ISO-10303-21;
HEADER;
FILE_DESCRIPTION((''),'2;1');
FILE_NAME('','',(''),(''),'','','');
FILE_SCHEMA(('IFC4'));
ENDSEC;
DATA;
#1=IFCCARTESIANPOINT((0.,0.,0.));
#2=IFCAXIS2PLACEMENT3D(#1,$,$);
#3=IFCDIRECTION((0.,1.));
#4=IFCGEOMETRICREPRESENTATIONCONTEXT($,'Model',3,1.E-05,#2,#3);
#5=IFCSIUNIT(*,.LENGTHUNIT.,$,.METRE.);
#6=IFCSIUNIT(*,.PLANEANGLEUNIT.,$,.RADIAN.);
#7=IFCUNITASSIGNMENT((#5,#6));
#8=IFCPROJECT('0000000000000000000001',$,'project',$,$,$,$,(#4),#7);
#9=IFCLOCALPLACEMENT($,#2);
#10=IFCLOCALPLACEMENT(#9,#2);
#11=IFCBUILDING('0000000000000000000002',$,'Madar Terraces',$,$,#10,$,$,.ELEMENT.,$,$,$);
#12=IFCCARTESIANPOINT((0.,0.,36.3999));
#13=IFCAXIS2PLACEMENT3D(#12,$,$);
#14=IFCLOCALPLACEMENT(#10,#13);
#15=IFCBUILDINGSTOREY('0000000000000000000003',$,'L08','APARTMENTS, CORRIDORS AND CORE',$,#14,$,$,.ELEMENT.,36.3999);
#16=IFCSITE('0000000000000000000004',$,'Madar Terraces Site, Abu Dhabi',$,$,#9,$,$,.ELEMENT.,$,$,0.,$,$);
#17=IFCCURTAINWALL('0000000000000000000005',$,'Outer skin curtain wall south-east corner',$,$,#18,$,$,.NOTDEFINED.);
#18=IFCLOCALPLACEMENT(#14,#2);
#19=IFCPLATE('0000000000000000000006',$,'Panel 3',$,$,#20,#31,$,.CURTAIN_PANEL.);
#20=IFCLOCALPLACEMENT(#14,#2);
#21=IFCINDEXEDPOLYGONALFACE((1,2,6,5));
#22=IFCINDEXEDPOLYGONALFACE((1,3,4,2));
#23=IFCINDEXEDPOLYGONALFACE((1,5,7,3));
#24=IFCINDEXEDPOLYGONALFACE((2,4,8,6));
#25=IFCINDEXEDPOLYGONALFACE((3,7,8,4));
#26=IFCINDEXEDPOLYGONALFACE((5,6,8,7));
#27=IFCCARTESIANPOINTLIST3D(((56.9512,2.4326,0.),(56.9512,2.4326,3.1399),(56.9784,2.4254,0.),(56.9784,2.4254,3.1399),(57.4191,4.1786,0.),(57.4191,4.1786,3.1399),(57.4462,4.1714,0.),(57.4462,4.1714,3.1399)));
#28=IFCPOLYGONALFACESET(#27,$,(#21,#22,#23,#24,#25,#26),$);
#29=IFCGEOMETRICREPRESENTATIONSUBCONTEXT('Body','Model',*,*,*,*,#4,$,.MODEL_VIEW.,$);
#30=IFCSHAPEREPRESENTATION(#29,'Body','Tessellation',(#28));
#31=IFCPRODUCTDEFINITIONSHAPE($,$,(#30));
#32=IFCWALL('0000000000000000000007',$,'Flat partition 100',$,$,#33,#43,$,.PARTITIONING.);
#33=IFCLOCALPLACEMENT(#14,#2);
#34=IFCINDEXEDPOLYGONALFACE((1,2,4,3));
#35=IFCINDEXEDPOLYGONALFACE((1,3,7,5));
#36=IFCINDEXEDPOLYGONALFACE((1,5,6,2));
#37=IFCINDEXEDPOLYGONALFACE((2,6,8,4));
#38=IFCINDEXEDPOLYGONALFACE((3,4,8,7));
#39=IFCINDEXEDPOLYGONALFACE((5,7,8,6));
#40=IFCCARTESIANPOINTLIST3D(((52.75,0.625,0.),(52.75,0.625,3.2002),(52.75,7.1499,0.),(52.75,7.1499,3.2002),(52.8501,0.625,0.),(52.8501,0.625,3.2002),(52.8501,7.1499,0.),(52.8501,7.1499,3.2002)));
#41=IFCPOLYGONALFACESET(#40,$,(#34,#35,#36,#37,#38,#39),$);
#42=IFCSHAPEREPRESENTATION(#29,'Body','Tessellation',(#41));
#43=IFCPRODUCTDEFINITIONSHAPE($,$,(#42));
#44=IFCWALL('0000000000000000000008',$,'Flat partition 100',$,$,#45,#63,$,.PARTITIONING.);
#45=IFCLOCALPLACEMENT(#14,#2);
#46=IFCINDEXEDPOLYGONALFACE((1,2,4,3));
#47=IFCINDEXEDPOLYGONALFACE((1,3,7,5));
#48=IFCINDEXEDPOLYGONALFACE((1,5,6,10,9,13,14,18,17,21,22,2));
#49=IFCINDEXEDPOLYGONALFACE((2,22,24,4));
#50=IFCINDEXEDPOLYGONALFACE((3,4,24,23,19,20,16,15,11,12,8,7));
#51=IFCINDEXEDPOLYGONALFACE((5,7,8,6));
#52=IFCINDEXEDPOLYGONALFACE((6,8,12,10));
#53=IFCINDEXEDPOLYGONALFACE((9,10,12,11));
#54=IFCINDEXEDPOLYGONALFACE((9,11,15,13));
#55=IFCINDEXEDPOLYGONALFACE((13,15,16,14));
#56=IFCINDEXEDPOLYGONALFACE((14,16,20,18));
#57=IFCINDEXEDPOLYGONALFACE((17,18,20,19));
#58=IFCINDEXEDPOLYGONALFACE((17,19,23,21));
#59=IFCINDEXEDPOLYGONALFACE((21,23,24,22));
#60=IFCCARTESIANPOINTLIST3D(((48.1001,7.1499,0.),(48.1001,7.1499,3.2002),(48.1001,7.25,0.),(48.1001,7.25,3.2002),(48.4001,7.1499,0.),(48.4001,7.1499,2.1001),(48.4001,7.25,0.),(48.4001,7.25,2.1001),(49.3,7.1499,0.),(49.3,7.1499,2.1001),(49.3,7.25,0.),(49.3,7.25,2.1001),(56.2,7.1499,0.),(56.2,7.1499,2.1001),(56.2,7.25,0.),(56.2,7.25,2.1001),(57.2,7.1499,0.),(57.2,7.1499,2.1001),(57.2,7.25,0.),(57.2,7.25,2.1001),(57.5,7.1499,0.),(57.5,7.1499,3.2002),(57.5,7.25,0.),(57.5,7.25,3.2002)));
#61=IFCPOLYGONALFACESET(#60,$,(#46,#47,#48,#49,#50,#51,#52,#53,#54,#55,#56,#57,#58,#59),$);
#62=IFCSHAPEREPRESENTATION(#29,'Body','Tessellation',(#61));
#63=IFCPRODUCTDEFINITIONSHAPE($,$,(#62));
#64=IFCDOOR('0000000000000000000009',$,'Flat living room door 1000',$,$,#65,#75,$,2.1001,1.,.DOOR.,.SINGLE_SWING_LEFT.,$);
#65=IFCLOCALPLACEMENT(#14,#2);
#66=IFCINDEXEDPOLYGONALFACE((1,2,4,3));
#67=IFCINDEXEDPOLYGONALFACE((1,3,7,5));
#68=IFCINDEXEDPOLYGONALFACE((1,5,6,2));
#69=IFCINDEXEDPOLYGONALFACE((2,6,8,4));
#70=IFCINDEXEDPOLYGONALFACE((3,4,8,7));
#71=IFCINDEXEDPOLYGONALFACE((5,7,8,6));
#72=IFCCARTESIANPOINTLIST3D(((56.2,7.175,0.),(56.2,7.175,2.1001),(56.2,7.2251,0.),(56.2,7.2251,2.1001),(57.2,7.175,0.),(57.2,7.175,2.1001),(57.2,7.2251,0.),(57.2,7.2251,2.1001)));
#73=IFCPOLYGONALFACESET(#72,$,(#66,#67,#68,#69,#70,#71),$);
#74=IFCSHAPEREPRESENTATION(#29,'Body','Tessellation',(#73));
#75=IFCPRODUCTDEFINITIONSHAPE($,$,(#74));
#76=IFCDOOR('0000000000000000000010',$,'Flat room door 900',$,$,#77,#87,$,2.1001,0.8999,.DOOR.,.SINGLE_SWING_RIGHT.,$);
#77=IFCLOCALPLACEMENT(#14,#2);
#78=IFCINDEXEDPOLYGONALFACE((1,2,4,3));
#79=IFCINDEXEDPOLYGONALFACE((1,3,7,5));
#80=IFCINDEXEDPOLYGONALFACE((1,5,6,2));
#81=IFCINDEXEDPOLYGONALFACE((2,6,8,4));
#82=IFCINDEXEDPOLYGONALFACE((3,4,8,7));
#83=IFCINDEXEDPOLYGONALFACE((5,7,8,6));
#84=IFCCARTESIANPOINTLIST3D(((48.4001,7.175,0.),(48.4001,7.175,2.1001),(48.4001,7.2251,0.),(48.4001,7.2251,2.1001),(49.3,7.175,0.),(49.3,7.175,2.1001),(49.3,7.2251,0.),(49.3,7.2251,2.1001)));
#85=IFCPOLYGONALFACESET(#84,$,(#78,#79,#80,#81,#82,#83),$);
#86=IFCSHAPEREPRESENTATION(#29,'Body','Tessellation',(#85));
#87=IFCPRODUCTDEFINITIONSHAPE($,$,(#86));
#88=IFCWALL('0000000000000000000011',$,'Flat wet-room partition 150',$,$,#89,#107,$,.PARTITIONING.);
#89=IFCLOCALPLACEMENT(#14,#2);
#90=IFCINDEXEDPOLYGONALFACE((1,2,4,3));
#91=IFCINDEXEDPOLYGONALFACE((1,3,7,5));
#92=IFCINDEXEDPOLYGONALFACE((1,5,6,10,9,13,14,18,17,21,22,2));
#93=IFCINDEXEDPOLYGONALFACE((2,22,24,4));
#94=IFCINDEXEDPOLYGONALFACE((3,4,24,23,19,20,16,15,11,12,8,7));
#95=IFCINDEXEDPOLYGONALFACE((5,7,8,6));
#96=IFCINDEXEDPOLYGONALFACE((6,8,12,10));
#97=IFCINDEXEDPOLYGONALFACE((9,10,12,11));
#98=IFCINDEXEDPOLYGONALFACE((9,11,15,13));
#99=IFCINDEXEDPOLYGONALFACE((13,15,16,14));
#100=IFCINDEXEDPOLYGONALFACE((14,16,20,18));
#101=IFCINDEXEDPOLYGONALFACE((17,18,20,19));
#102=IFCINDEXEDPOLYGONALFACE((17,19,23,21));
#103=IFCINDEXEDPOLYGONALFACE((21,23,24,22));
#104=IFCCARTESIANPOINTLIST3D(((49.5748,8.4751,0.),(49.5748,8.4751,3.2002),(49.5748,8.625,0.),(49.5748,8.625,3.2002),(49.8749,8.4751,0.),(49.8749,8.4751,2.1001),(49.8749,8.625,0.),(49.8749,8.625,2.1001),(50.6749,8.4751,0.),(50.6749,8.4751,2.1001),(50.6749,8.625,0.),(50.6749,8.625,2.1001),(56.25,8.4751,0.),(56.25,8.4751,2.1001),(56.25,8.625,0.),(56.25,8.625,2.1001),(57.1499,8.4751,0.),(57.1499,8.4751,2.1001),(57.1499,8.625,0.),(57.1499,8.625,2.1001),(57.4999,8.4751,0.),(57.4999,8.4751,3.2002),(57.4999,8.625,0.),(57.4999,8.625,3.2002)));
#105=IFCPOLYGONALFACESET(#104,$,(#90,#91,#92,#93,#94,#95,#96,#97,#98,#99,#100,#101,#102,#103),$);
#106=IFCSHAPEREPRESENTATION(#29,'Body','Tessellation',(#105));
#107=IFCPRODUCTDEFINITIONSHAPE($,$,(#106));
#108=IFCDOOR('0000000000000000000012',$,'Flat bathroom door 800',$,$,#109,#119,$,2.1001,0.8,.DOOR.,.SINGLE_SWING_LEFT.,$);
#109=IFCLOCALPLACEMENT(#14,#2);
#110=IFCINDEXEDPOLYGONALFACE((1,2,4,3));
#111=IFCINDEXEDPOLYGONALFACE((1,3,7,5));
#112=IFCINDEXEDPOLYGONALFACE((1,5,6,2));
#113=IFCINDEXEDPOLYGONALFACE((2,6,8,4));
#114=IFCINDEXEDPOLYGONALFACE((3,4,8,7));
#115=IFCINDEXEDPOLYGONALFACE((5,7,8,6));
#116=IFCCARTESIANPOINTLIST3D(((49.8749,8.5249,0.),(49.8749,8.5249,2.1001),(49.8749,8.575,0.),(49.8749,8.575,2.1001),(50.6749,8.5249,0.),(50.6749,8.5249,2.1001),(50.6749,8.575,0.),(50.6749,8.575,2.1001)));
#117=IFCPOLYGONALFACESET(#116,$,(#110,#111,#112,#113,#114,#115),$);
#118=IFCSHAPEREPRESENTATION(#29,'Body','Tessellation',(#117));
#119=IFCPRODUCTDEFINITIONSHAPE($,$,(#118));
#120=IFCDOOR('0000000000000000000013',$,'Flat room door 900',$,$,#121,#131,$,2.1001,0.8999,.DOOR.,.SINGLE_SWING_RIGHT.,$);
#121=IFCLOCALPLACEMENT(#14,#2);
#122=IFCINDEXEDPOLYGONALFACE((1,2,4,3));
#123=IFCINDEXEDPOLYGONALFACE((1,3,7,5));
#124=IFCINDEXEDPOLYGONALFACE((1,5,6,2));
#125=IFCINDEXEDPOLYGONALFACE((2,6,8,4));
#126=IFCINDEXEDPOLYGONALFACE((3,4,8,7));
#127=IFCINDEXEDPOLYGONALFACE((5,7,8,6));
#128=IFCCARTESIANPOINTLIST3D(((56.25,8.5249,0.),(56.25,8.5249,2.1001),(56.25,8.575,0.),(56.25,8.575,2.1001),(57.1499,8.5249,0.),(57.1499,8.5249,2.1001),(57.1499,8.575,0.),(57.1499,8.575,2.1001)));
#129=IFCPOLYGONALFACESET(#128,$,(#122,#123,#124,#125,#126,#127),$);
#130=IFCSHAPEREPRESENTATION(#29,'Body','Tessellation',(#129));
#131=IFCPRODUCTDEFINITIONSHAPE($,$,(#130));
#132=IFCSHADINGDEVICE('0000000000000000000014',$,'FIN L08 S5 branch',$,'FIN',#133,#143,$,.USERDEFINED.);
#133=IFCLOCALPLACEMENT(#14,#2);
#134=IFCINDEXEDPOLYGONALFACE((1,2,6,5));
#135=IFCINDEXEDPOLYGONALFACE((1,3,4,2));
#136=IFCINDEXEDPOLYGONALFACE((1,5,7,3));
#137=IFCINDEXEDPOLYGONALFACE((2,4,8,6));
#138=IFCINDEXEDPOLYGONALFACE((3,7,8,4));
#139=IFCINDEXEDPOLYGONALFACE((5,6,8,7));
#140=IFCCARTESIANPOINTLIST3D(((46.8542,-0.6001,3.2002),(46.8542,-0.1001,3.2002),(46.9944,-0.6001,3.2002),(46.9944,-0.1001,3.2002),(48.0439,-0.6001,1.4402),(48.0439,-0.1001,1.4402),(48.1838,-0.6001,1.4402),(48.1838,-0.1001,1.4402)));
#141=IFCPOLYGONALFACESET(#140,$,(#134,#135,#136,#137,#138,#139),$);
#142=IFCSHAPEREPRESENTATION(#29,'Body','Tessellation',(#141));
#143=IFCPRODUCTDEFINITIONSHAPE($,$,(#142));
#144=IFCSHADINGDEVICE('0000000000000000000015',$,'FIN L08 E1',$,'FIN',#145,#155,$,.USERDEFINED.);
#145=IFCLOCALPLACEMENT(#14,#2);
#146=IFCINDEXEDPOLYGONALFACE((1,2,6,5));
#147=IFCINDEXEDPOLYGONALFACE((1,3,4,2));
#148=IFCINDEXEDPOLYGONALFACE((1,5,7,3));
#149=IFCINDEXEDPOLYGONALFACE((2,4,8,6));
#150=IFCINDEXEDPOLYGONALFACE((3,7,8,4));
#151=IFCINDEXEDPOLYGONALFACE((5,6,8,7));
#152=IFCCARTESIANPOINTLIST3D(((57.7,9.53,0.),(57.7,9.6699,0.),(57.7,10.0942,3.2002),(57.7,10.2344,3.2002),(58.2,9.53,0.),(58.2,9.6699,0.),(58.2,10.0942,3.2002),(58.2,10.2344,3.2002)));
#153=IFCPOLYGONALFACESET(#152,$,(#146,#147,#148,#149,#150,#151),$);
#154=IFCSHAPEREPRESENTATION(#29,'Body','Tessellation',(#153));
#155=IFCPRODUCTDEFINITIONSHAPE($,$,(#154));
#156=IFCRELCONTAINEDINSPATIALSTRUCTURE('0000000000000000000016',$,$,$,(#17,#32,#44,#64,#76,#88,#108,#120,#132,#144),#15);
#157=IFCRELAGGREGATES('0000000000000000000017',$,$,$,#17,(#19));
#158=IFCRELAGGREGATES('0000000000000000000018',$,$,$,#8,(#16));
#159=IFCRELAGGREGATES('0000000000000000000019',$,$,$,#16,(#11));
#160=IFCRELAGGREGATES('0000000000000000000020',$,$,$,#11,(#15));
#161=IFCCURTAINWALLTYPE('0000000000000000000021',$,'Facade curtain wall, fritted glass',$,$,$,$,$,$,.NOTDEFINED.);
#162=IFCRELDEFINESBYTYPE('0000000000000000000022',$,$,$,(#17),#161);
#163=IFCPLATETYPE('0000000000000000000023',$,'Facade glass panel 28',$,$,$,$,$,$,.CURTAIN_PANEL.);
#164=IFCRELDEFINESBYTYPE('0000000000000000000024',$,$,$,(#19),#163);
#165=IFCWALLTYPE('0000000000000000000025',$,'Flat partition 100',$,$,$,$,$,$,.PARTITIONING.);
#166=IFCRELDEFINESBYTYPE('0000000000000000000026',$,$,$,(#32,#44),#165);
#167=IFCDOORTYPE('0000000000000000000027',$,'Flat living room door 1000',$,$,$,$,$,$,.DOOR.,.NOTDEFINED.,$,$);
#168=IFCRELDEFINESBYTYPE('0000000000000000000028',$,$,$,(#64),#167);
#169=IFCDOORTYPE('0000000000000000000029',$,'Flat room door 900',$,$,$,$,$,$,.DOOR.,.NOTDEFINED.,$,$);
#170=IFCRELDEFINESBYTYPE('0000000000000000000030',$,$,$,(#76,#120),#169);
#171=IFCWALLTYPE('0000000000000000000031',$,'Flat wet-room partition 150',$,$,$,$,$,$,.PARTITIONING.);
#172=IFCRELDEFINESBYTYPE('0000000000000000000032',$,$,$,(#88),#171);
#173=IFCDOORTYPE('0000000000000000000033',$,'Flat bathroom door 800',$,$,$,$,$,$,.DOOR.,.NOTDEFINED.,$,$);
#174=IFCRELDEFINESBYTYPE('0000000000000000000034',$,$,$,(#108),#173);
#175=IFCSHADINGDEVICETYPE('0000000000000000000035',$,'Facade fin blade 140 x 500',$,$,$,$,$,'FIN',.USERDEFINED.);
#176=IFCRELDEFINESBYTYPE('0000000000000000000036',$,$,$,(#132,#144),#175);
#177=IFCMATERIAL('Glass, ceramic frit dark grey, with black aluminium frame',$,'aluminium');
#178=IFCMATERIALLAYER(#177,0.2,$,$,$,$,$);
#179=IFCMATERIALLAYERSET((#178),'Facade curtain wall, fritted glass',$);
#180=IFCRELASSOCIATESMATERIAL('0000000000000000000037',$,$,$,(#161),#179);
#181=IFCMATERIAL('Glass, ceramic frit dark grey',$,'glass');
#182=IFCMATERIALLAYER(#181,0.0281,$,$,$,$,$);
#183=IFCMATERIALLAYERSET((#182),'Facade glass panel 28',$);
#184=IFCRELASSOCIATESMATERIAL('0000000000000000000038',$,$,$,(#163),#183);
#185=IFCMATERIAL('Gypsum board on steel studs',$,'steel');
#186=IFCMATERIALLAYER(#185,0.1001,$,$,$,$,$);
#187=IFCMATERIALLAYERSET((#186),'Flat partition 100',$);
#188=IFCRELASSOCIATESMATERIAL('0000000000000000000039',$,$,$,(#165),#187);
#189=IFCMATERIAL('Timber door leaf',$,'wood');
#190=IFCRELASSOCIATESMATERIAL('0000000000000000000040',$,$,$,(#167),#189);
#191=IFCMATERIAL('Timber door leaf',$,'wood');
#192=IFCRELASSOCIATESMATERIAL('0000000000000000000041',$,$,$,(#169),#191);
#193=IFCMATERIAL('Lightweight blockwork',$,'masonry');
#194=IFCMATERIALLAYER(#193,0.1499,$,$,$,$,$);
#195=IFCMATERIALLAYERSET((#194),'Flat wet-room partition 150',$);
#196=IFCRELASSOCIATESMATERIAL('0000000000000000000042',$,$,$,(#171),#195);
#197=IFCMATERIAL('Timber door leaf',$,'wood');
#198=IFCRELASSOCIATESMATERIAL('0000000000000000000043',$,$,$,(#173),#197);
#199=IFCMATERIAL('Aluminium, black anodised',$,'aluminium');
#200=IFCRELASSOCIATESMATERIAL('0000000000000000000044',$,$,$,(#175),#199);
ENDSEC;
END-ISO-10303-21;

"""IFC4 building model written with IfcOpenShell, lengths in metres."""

from ifc_helpers import new_model, si_unit, direction, frame, frame_2d, origin, origin_2d, place, context, subcontext, project, spatial, polyline, rectangle, outline, extrude, material, layer, layer_set, type_object, element, fill, aggregate, save


model = new_model("IFC4")

# Units and contexts
model_context = context("Model", 3, precision=1e-05, world=origin(), true_north=direction((0.0, 1.0)))
body_context = subcontext(model_context, "Body", "Model", "MODEL_VIEW")
ifc_project = project(units=[si_unit("LENGTHUNIT", "METRE"), si_unit("PLANEANGLEUNIT", "RADIAN")], contexts=[model_context])

# Site, building, storey
site_placement = place(None, origin())
site = spatial("IfcSite", under=ifc_project, at=site_placement, Name="Madar Terraces Site, Abu Dhabi", CompositionType="ELEMENT", RefElevation=0.0)
building_placement = place(site_placement, origin())
building = spatial("IfcBuilding", under=site, at=building_placement, Name="Madar Terraces", CompositionType="ELEMENT")
storey_placement = place(building_placement, frame((0.0, 0.0, 36.3999)))
storey = spatial("IfcBuildingStorey", under=building, at=storey_placement, Name="L08", Description="APARTMENTS, CORRIDORS AND CORE", CompositionType="ELEMENT", Elevation=36.3999)

# Shared definitions
ifc_material_1 = material(Name="Glass, ceramic frit dark grey, with black aluminium frame", Category="aluminium")
ifc_layer_1 = layer(ifc_material_1, 0.2)
ifc_layer_set_1 = layer_set([ifc_layer_1], Name="Facade curtain wall, fritted glass")
curtain_wall_type = type_object("IfcCurtainWallType", Name="Facade curtain wall, fritted glass", PredefinedType="NOTDEFINED", material=ifc_layer_set_1)

# Curtain wall
curtain_wall_1_placement = place(storey_placement, origin())
curtain_wall_1 = element("IfcCurtainWall", 1, at=curtain_wall_1_placement, inside=storey, type_object=curtain_wall_type, Name="Outer skin curtain wall south-east corner", PredefinedType="NOTDEFINED")

# Plate
ifc_material_2 = material(Name="Glass, ceramic frit dark grey", Category="glass")
ifc_layer_2 = layer(ifc_material_2, 0.0281)
ifc_layer_set_2 = layer_set([ifc_layer_2], Name="Facade glass panel 28")
plate_type = type_object("IfcPlateType", Name="Facade glass panel 28", PredefinedType="CURTAIN_PANEL", material=ifc_layer_set_2)
plate_1_placement = place(storey_placement, frame((57.1987, 3.302, 0.0), z_axis=(0.0, 0.0, 1.0), x_axis=(0.258819, 0.965926, 0.0)))
plate_1 = element("IfcPlate", 2, at=plate_1_placement, type_object=plate_type, Name="Panel 3", PredefinedType="CURTAIN_PANEL", context=body_context, shape_type="SweptSolid", body=[
    extrude(rectangle(XDim=1.8076, YDim=0.0281, at=origin_2d()), origin(), (0.0, 0.0, 1.0), 3.1399),
])
aggregate(curtain_wall_1, [plate_1])

# Wall
ifc_material_3 = material(Name="Gypsum board on steel studs", Category="steel")
ifc_layer_3 = layer(ifc_material_3, 0.1001)
ifc_layer_set_3 = layer_set([ifc_layer_3], Name="Flat partition 100")
wall_type_1 = type_object("IfcWallType", Name="Flat partition 100", PredefinedType="PARTITIONING", material=ifc_layer_set_3)
wall_1_placement = place(storey_placement, frame((52.8, 7.1499, 0.0), z_axis=(0.0, 0.0, 1.0), x_axis=(0.0, -1.0, 0.0)))
element("IfcWall", 3, at=wall_1_placement, inside=storey, type_object=wall_type_1, Name="Flat partition 100", PredefinedType="PARTITIONING", context=body_context, shape_type="SweptSolid", body=[
    extrude(rectangle(XDim=6.5249, YDim=0.1001, at=frame_2d((3.2625, 0.0))), origin(), (0.0, 0.0, 1.0), 3.2002),
])

# Walls, openings, doors
wall_2_placement = place(storey_placement, frame((57.5, 7.2, 0.0), z_axis=(0.0, 0.0, 1.0), x_axis=(-1.0, 0.0, 0.0)))
wall_2 = element("IfcWall", 4, at=wall_2_placement, inside=storey, type_object=wall_type_1, Name="Flat partition 100", PredefinedType="PARTITIONING", context=body_context, shape_type="SweptSolid", body=[
    extrude(rectangle(XDim=9.3999, YDim=0.1001, at=frame_2d((4.7, 0.0))), origin(), (0.0, 0.0, 1.0), 3.2002),
])
opening_1_placement = place(wall_2_placement, frame((8.2, 0.0, 0.0)))
opening_1 = element("IfcOpeningElement", 5, at=opening_1_placement, cuts=wall_2, PredefinedType="OPENING", context=body_context, shape_type="SweptSolid", body=[
    extrude(rectangle(XDim=0.8999, YDim=2.1001, at=frame_2d((0.45, 1.05))), frame((0.0, 0.0601, 0.0), z_axis=(0.0, -1.0, 0.0), x_axis=(1.0, 0.0, 0.0)), (0.0, 0.0, 1.0), 0.1201),
])
opening_2_placement = place(wall_2_placement, frame((0.3, 0.0, 0.0)))
opening_2 = element("IfcOpeningElement", 6, at=opening_2_placement, cuts=wall_2, PredefinedType="OPENING", context=body_context, shape_type="SweptSolid", body=[
    extrude(rectangle(XDim=1.0, YDim=2.1001, at=frame_2d((0.5, 1.05))), frame((0.0, 0.0601, 0.0), z_axis=(0.0, -1.0, 0.0), x_axis=(1.0, 0.0, 0.0)), (0.0, 0.0, 1.0), 0.1201),
])
ifc_material_4 = material(Name="Timber door leaf", Category="wood")
door_type_1 = type_object("IfcDoorType", Name="Flat living room door 1000", OperationType="NOTDEFINED", PredefinedType="DOOR", material=ifc_material_4)
door_1_placement = place(opening_2_placement, origin())
door_1 = element("IfcDoor", 7, at=door_1_placement, inside=storey, type_object=door_type_1, Name="Flat living room door 1000", OperationType="SINGLE_SWING_LEFT", OverallHeight=2.1001, OverallWidth=1.0, PredefinedType="DOOR", context=body_context, shape_type="SweptSolid", body=[
    extrude(rectangle(XDim=1.0, YDim=2.1001, at=frame_2d((0.5, 1.05))), frame((0.0, 0.0249, 0.0), z_axis=(0.0, -1.0, 0.0), x_axis=(1.0, 0.0, 0.0)), (0.0, 0.0, 1.0), 0.05),
])
fill(opening_2, door_1)
ifc_material_5 = material(Name="Timber door leaf", Category="wood")
door_type_2 = type_object("IfcDoorType", Name="Flat room door 900", OperationType="NOTDEFINED", PredefinedType="DOOR", material=ifc_material_5)
door_2_placement = place(opening_1_placement, origin())
door_2 = element("IfcDoor", 8, at=door_2_placement, inside=storey, type_object=door_type_2, Name="Flat room door 900", OperationType="SINGLE_SWING_RIGHT", OverallHeight=2.1001, OverallWidth=0.8999, PredefinedType="DOOR", context=body_context, shape_type="SweptSolid", body=[
    extrude(rectangle(XDim=0.8999, YDim=2.1001, at=frame_2d((0.45, 1.05))), frame((0.0, 0.0249, 0.0), z_axis=(0.0, -1.0, 0.0), x_axis=(1.0, 0.0, 0.0)), (0.0, 0.0, 1.0), 0.05),
])
fill(opening_1, door_2)
ifc_material_6 = material(Name="Lightweight blockwork", Category="masonry")
ifc_layer_4 = layer(ifc_material_6, 0.1499)
ifc_layer_set_4 = layer_set([ifc_layer_4], Name="Flat wet-room partition 150")
wall_type_2 = type_object("IfcWallType", Name="Flat wet-room partition 150", PredefinedType="PARTITIONING", material=ifc_layer_set_4)
wall_3_placement = place(storey_placement, frame((49.575, 8.55, 0.0), z_axis=(0.0, 0.0, 1.0), x_axis=(1.0, 0.0, 0.0)))
wall_3 = element("IfcWall", 9, at=wall_3_placement, inside=storey, type_object=wall_type_2, Name="Flat wet-room partition 150", PredefinedType="PARTITIONING", context=body_context, shape_type="SweptSolid", body=[
    extrude(rectangle(XDim=7.925, YDim=0.1499, at=frame_2d((3.9624, 0.0))), origin(), (0.0, 0.0, 1.0), 3.2002),
])
opening_3_placement = place(wall_3_placement, frame((0.3, 0.0, 0.0)))
opening_3 = element("IfcOpeningElement", 10, at=opening_3_placement, cuts=wall_3, PredefinedType="OPENING", context=body_context, shape_type="SweptSolid", body=[
    extrude(rectangle(XDim=0.8, YDim=2.1001, at=frame_2d((0.3999, 1.05))), frame((0.0, 0.085, 0.0), z_axis=(0.0, -1.0, 0.0), x_axis=(1.0, 0.0, 0.0)), (0.0, 0.0, 1.0), 0.1699),
])
opening_4_placement = place(wall_3_placement, frame((6.675, 0.0, 0.0)))
opening_4 = element("IfcOpeningElement", 11, at=opening_4_placement, cuts=wall_3, PredefinedType="OPENING", context=body_context, shape_type="SweptSolid", body=[
    extrude(rectangle(XDim=0.8999, YDim=2.1001, at=frame_2d((0.45, 1.05))), frame((0.0, 0.085, 0.0), z_axis=(0.0, -1.0, 0.0), x_axis=(1.0, 0.0, 0.0)), (0.0, 0.0, 1.0), 0.1699),
])
ifc_material_7 = material(Name="Timber door leaf", Category="wood")
door_type_3 = type_object("IfcDoorType", Name="Flat bathroom door 800", OperationType="NOTDEFINED", PredefinedType="DOOR", material=ifc_material_7)
door_3_placement = place(opening_3_placement, origin())
door_3 = element("IfcDoor", 12, at=door_3_placement, inside=storey, type_object=door_type_3, Name="Flat bathroom door 800", OperationType="SINGLE_SWING_LEFT", OverallHeight=2.1001, OverallWidth=0.8, PredefinedType="DOOR", context=body_context, shape_type="SweptSolid", body=[
    extrude(rectangle(XDim=0.8, YDim=2.1001, at=frame_2d((0.3999, 1.05))), frame((0.0, 0.0249, 0.0), z_axis=(0.0, -1.0, 0.0), x_axis=(1.0, 0.0, 0.0)), (0.0, 0.0, 1.0), 0.05),
])
fill(opening_3, door_3)
door_4_placement = place(opening_4_placement, origin())
door_4 = element("IfcDoor", 13, at=door_4_placement, inside=storey, type_object=door_type_2, Name="Flat room door 900", OperationType="SINGLE_SWING_RIGHT", OverallHeight=2.1001, OverallWidth=0.8999, PredefinedType="DOOR", context=body_context, shape_type="SweptSolid", body=[
    extrude(rectangle(XDim=0.8999, YDim=2.1001, at=frame_2d((0.45, 1.05))), frame((0.0, 0.0249, 0.0), z_axis=(0.0, -1.0, 0.0), x_axis=(1.0, 0.0, 0.0)), (0.0, 0.0, 1.0), 0.05),
])
fill(opening_4, door_4)

# Shading devices
ifc_material_8 = material(Name="Aluminium, black anodised", Category="aluminium")
shading_device_type = type_object("IfcShadingDeviceType", Name="Facade fin blade 140 x 500", ElementType="FIN", PredefinedType="USERDEFINED", material=ifc_material_8)
shading_device_1_placement = place(storey_placement, frame((48.0439, -0.3501, 1.4402), z_axis=(0.0, 0.0, 1.0), x_axis=(1.0, 0.0, 0.0)))
element("IfcShadingDevice", 14, at=shading_device_1_placement, inside=storey, type_object=shading_device_type, Name="FIN L08 S5 branch", ObjectType="FIN", PredefinedType="USERDEFINED", context=body_context, shape_type="SweptSolid", body=[
    extrude(outline(polyline([(0.0, 0.0), (0.1399, 0.0), (-1.0496, 1.76), (-1.1897, 1.76), (0.0, 0.0)])), frame((0.0, 0.25, 0.0), z_axis=(0.0, -1.0, 0.0), x_axis=(1.0, 0.0, 0.0)), (0.0, 0.0, 1.0), 0.5),
])
shading_device_2_placement = place(storey_placement, frame((57.95, 9.53, 0.0), z_axis=(0.0, 0.0, 1.0), x_axis=(0.0, 1.0, 0.0)))
element("IfcShadingDevice", 15, at=shading_device_2_placement, inside=storey, type_object=shading_device_type, Name="FIN L08 E1", ObjectType="FIN", PredefinedType="USERDEFINED", context=body_context, shape_type="SweptSolid", body=[
    extrude(outline(polyline([(0.0, 0.0), (0.1399, 0.0), (0.7043, 3.2002), (0.5642, 3.2002), (0.0, 0.0)])), frame((0.0, 0.25, 0.0), z_axis=(0.0, -1.0, 0.0), x_axis=(1.0, 0.0, 0.0)), (0.0, 0.0, 1.0), 0.5),
])

save(model, "model.ifc")
